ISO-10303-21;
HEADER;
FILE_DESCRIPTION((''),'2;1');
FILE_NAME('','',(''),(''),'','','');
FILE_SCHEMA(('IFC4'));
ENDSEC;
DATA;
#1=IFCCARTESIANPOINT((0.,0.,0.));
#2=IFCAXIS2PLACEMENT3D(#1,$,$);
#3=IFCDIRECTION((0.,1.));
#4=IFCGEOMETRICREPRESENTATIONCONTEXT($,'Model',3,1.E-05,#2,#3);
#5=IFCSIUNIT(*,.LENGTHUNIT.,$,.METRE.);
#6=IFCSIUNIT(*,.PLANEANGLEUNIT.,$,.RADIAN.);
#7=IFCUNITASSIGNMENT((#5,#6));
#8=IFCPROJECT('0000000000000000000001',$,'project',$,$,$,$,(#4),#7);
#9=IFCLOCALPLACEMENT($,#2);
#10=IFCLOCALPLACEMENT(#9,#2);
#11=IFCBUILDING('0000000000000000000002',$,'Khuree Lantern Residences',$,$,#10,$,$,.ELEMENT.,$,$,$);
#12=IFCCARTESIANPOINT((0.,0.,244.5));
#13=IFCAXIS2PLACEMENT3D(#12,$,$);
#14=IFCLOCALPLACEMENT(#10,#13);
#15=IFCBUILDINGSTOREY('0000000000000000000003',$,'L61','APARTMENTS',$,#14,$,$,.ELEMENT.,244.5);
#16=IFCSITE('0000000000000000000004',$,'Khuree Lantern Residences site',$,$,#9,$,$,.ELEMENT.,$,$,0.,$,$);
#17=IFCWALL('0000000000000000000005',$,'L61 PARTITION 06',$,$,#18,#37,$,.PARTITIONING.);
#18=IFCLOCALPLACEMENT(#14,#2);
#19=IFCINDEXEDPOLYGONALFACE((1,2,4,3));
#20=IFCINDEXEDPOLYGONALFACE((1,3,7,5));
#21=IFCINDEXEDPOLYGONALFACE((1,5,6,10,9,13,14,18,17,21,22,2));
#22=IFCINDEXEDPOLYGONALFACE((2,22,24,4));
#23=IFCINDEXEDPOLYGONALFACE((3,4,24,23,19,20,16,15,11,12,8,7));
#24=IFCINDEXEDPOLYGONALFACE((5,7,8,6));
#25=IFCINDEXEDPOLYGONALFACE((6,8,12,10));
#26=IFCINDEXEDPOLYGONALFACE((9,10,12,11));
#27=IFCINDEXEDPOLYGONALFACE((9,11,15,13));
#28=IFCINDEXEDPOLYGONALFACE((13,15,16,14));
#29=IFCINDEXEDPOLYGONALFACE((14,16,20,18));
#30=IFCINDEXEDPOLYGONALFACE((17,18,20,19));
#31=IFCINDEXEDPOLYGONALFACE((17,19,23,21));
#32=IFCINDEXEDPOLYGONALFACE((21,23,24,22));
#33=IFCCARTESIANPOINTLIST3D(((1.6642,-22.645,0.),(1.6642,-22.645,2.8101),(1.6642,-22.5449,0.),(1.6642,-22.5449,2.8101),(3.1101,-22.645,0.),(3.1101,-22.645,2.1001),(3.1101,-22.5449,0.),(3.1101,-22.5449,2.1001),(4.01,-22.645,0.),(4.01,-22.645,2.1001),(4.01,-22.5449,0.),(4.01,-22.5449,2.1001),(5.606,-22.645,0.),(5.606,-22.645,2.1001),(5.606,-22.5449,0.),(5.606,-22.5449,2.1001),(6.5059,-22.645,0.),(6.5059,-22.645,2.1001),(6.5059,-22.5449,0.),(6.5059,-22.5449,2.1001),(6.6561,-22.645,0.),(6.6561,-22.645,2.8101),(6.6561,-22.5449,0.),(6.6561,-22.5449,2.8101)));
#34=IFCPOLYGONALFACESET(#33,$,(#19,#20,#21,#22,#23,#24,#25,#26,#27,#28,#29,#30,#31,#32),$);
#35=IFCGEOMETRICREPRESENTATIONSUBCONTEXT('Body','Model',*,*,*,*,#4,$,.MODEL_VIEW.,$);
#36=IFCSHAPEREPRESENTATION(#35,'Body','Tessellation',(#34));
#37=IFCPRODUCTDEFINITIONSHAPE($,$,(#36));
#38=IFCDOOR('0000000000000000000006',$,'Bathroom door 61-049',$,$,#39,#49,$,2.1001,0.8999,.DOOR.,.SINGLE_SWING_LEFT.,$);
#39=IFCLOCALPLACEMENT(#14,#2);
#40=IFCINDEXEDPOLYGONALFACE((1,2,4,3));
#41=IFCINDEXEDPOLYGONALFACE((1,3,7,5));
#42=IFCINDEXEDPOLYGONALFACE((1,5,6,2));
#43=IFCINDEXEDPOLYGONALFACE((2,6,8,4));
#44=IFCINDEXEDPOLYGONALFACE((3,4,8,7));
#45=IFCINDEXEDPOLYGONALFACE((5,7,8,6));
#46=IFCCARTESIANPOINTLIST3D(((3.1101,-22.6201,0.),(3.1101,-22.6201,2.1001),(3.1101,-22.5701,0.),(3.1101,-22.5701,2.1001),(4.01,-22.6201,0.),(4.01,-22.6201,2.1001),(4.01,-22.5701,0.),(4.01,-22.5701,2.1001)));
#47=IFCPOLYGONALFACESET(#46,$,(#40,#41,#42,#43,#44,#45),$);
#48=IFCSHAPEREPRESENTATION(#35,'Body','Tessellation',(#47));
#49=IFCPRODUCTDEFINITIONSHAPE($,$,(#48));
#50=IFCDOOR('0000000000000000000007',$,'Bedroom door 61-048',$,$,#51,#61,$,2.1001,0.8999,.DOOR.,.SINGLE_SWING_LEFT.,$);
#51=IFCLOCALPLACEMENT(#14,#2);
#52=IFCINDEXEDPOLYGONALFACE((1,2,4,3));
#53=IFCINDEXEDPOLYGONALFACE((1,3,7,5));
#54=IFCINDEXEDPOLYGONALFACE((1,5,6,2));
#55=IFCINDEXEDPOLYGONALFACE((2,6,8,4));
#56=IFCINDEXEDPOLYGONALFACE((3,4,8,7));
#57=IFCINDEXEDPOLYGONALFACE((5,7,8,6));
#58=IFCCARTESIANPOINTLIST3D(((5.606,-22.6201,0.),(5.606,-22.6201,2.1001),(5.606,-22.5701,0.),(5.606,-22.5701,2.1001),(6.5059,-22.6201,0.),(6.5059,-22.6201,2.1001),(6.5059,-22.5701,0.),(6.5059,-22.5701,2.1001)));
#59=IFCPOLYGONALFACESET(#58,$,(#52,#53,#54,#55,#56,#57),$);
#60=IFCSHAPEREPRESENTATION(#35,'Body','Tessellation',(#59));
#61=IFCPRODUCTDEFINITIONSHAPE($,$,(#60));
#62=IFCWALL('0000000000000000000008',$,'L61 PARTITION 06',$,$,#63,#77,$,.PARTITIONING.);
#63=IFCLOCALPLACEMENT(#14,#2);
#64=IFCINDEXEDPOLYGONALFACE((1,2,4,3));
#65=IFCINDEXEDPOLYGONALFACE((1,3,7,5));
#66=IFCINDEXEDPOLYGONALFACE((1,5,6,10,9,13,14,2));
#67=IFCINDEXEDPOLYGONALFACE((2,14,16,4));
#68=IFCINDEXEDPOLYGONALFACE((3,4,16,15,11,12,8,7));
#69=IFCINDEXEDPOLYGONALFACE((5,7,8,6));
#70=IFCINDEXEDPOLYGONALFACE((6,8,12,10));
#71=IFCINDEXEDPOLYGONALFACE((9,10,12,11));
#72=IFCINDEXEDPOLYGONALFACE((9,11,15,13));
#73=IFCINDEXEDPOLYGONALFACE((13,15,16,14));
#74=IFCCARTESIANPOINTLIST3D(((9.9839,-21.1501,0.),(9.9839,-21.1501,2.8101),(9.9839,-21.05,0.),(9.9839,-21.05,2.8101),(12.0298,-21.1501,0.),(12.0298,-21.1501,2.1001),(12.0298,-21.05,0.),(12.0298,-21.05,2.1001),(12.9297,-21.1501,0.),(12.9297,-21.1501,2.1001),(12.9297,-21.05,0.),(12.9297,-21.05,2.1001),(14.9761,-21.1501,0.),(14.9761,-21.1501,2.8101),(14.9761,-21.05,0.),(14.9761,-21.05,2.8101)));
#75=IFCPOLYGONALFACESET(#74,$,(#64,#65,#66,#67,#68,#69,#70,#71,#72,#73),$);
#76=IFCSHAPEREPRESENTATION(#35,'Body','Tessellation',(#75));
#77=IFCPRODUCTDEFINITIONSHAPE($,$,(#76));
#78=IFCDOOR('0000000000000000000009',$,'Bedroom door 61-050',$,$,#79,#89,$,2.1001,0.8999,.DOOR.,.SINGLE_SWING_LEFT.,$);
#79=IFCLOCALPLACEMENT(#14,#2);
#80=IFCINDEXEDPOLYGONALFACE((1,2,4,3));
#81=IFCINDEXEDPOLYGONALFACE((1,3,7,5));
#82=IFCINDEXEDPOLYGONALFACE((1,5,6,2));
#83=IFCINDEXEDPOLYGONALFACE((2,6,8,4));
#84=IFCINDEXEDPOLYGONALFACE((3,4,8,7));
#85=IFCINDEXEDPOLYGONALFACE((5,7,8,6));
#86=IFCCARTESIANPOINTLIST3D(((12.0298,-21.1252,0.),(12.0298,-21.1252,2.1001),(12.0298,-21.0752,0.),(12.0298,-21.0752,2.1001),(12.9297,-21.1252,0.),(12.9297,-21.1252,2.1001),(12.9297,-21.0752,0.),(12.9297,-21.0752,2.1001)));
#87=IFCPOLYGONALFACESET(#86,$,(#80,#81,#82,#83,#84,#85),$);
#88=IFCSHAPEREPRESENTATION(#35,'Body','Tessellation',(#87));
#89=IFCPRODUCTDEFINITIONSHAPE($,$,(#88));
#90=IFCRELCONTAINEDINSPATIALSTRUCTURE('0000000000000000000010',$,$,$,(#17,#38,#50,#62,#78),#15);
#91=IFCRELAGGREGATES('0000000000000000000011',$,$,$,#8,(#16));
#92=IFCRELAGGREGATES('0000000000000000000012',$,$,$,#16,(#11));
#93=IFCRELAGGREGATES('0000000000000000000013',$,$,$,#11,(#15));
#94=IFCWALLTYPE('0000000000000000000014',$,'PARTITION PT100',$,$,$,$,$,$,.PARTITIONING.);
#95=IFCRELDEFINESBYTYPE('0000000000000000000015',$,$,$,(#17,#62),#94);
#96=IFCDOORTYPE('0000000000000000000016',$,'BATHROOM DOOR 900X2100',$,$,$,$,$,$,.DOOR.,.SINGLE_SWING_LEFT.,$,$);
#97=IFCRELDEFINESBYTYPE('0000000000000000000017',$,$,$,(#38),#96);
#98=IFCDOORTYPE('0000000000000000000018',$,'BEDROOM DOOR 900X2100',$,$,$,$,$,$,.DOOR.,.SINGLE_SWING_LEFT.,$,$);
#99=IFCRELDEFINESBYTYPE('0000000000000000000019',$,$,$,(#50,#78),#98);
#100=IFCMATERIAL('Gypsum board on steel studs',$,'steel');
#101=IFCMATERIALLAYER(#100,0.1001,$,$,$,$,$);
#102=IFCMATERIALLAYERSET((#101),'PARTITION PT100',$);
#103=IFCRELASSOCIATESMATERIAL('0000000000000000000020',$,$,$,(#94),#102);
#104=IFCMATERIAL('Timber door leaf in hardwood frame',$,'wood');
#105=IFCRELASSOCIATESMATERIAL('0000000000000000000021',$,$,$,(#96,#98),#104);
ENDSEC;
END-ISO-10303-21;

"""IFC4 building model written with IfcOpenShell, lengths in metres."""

from ifc_helpers import new_model, si_unit, direction, frame, frame_2d, origin, place, context, subcontext, project, spatial, rectangle, extrude, material, layer, layer_set, type_object, element, fill, save


model = new_model("IFC4")

# Units and contexts
model_context = context("Model", 3, precision=1e-05, world=origin(), true_north=direction((0.0, 1.0)))
body_context = subcontext(model_context, "Body", "Model", "MODEL_VIEW")
ifc_project = project(units=[si_unit("LENGTHUNIT", "METRE"), si_unit("PLANEANGLEUNIT", "RADIAN")], contexts=[model_context])

# Site, building, storey
site_placement = place(None, origin())
site = spatial("IfcSite", under=ifc_project, at=site_placement, Name="Khuree Lantern Residences site", CompositionType="ELEMENT", RefElevation=0.0)
building_placement = place(site_placement, origin())
building = spatial("IfcBuilding", under=site, at=building_placement, Name="Khuree Lantern Residences", CompositionType="ELEMENT")
storey_placement = place(building_placement, frame((0.0, 0.0, 244.5)))
storey = spatial("IfcBuildingStorey", under=building, at=storey_placement, Name="L61", Description="APARTMENTS", CompositionType="ELEMENT", Elevation=244.5)

# Shared definitions
ifc_material_1 = material(Name="Gypsum board on steel studs", Category="steel")
ifc_layer_1 = layer(ifc_material_1, 0.1001)
ifc_layer_set_1 = layer_set([ifc_layer_1], Name="PARTITION PT100")
wall_type = type_object("IfcWallType", Name="PARTITION PT100", PredefinedType="PARTITIONING", material=ifc_layer_set_1)

# Wall, openings, doors
wall_1_placement = place(storey_placement, frame((1.6641, -22.595, 0.0), z_axis=(0.0, 0.0, 1.0), x_axis=(1.0, 0.0, 0.0)))
wall_1 = element("IfcWall", 1, at=wall_1_placement, inside=storey, type_object=wall_type, Name="L61 PARTITION 06", PredefinedType="PARTITIONING", context=body_context, shape_type="SweptSolid", body=[
    extrude(rectangle(XDim=4.9919, YDim=0.1001, at=frame_2d((2.4961, 0.0))), origin(), (0.0, 0.0, 1.0), 2.8101),
])
opening_1_placement = place(wall_1_placement, frame((3.9419, 0.0, 0.0)))
opening_1 = element("IfcOpeningElement", 2, at=opening_1_placement, cuts=wall_1, PredefinedType="OPENING", context=body_context, shape_type="SweptSolid", body=[
    extrude(rectangle(XDim=0.8999, YDim=2.1001, at=frame_2d((0.45, 1.05))), frame((0.0, 0.0601, 0.0), z_axis=(0.0, -1.0, 0.0), x_axis=(1.0, 0.0, 0.0)), (0.0, 0.0, 1.0), 0.1201),
])
opening_2_placement = place(wall_1_placement, frame((1.446, 0.0, 0.0)))
opening_2 = element("IfcOpeningElement", 3, at=opening_2_placement, cuts=wall_1, PredefinedType="OPENING", context=body_context, shape_type="SweptSolid", body=[
    extrude(rectangle(XDim=0.8999, YDim=2.1001, at=frame_2d((0.45, 1.05))), frame((0.0, 0.0601, 0.0), z_axis=(0.0, -1.0, 0.0), x_axis=(1.0, 0.0, 0.0)), (0.0, 0.0, 1.0), 0.1201),
])
ifc_material_2 = material(Name="Timber door leaf in hardwood frame", Category="wood")
door_type_1 = type_object("IfcDoorType", Name="BATHROOM DOOR 900X2100", OperationType="SINGLE_SWING_LEFT", PredefinedType="DOOR", material=ifc_material_2)
door_1_placement = place(opening_2_placement, origin())
door_1 = element("IfcDoor", 4, at=door_1_placement, inside=storey, type_object=door_type_1, Name="Bathroom door 61-049", OperationType="SINGLE_SWING_LEFT", OverallHeight=2.1001, OverallWidth=0.8999, PredefinedType="DOOR", context=body_context, shape_type="SweptSolid", body=[
    extrude(rectangle(XDim=0.8999, YDim=2.1001, at=frame_2d((0.45, 1.05))), frame((0.0, 0.0249, 0.0), z_axis=(0.0, -1.0, 0.0), x_axis=(1.0, 0.0, 0.0)), (0.0, 0.0, 1.0), 0.05),
])
fill(opening_2, door_1)
door_type_2 = type_object("IfcDoorType", Name="BEDROOM DOOR 900X2100", OperationType="SINGLE_SWING_LEFT", PredefinedType="DOOR", material=ifc_material_2)
door_2_placement = place(opening_1_placement, origin())
door_2 = element("IfcDoor", 5, at=door_2_placement, inside=storey, type_object=door_type_2, Name="Bedroom door 61-048", OperationType="SINGLE_SWING_LEFT", OverallHeight=2.1001, OverallWidth=0.8999, PredefinedType="DOOR", context=body_context, shape_type="SweptSolid", body=[
    extrude(rectangle(XDim=0.8999, YDim=2.1001, at=frame_2d((0.45, 1.05))), frame((0.0, 0.0249, 0.0), z_axis=(0.0, -1.0, 0.0), x_axis=(1.0, 0.0, 0.0)), (0.0, 0.0, 1.0), 0.05),
])
fill(opening_1, door_2)

# Wall, opening, door
wall_2_placement = place(storey_placement, frame((9.9839, -21.1001, 0.0), z_axis=(0.0, 0.0, 1.0), x_axis=(1.0, 0.0, 0.0)))
wall_2 = element("IfcWall", 6, at=wall_2_placement, inside=storey, type_object=wall_type, Name="L61 PARTITION 06", PredefinedType="PARTITIONING", context=body_context, shape_type="SweptSolid", body=[
    extrude(rectangle(XDim=4.9922, YDim=0.1001, at=frame_2d((2.4961, 0.0))), origin(), (0.0, 0.0, 1.0), 2.8101),
])
opening_3_placement = place(wall_2_placement, frame((2.0459, 0.0, 0.0)))
opening_3 = element("IfcOpeningElement", 7, at=opening_3_placement, cuts=wall_2, PredefinedType="OPENING", context=body_context, shape_type="SweptSolid", body=[
    extrude(rectangle(XDim=0.8999, YDim=2.1001, at=frame_2d((0.45, 1.05))), frame((0.0, 0.0601, 0.0), z_axis=(0.0, -1.0, 0.0), x_axis=(1.0, 0.0, 0.0)), (0.0, 0.0, 1.0), 0.1201),
])
door_3_placement = place(opening_3_placement, origin())
door_3 = element("IfcDoor", 8, at=door_3_placement, inside=storey, type_object=door_type_2, Name="Bedroom door 61-050", OperationType="SINGLE_SWING_LEFT", OverallHeight=2.1001, OverallWidth=0.8999, PredefinedType="DOOR", context=body_context, shape_type="SweptSolid", body=[
    extrude(rectangle(XDim=0.8999, YDim=2.1001, at=frame_2d((0.45, 1.05))), frame((0.0, 0.0249, 0.0), z_axis=(0.0, -1.0, 0.0), x_axis=(1.0, 0.0, 0.0)), (0.0, 0.0, 1.0), 0.05),
])
fill(opening_3, door_3)

save(model, "model.ifc")
